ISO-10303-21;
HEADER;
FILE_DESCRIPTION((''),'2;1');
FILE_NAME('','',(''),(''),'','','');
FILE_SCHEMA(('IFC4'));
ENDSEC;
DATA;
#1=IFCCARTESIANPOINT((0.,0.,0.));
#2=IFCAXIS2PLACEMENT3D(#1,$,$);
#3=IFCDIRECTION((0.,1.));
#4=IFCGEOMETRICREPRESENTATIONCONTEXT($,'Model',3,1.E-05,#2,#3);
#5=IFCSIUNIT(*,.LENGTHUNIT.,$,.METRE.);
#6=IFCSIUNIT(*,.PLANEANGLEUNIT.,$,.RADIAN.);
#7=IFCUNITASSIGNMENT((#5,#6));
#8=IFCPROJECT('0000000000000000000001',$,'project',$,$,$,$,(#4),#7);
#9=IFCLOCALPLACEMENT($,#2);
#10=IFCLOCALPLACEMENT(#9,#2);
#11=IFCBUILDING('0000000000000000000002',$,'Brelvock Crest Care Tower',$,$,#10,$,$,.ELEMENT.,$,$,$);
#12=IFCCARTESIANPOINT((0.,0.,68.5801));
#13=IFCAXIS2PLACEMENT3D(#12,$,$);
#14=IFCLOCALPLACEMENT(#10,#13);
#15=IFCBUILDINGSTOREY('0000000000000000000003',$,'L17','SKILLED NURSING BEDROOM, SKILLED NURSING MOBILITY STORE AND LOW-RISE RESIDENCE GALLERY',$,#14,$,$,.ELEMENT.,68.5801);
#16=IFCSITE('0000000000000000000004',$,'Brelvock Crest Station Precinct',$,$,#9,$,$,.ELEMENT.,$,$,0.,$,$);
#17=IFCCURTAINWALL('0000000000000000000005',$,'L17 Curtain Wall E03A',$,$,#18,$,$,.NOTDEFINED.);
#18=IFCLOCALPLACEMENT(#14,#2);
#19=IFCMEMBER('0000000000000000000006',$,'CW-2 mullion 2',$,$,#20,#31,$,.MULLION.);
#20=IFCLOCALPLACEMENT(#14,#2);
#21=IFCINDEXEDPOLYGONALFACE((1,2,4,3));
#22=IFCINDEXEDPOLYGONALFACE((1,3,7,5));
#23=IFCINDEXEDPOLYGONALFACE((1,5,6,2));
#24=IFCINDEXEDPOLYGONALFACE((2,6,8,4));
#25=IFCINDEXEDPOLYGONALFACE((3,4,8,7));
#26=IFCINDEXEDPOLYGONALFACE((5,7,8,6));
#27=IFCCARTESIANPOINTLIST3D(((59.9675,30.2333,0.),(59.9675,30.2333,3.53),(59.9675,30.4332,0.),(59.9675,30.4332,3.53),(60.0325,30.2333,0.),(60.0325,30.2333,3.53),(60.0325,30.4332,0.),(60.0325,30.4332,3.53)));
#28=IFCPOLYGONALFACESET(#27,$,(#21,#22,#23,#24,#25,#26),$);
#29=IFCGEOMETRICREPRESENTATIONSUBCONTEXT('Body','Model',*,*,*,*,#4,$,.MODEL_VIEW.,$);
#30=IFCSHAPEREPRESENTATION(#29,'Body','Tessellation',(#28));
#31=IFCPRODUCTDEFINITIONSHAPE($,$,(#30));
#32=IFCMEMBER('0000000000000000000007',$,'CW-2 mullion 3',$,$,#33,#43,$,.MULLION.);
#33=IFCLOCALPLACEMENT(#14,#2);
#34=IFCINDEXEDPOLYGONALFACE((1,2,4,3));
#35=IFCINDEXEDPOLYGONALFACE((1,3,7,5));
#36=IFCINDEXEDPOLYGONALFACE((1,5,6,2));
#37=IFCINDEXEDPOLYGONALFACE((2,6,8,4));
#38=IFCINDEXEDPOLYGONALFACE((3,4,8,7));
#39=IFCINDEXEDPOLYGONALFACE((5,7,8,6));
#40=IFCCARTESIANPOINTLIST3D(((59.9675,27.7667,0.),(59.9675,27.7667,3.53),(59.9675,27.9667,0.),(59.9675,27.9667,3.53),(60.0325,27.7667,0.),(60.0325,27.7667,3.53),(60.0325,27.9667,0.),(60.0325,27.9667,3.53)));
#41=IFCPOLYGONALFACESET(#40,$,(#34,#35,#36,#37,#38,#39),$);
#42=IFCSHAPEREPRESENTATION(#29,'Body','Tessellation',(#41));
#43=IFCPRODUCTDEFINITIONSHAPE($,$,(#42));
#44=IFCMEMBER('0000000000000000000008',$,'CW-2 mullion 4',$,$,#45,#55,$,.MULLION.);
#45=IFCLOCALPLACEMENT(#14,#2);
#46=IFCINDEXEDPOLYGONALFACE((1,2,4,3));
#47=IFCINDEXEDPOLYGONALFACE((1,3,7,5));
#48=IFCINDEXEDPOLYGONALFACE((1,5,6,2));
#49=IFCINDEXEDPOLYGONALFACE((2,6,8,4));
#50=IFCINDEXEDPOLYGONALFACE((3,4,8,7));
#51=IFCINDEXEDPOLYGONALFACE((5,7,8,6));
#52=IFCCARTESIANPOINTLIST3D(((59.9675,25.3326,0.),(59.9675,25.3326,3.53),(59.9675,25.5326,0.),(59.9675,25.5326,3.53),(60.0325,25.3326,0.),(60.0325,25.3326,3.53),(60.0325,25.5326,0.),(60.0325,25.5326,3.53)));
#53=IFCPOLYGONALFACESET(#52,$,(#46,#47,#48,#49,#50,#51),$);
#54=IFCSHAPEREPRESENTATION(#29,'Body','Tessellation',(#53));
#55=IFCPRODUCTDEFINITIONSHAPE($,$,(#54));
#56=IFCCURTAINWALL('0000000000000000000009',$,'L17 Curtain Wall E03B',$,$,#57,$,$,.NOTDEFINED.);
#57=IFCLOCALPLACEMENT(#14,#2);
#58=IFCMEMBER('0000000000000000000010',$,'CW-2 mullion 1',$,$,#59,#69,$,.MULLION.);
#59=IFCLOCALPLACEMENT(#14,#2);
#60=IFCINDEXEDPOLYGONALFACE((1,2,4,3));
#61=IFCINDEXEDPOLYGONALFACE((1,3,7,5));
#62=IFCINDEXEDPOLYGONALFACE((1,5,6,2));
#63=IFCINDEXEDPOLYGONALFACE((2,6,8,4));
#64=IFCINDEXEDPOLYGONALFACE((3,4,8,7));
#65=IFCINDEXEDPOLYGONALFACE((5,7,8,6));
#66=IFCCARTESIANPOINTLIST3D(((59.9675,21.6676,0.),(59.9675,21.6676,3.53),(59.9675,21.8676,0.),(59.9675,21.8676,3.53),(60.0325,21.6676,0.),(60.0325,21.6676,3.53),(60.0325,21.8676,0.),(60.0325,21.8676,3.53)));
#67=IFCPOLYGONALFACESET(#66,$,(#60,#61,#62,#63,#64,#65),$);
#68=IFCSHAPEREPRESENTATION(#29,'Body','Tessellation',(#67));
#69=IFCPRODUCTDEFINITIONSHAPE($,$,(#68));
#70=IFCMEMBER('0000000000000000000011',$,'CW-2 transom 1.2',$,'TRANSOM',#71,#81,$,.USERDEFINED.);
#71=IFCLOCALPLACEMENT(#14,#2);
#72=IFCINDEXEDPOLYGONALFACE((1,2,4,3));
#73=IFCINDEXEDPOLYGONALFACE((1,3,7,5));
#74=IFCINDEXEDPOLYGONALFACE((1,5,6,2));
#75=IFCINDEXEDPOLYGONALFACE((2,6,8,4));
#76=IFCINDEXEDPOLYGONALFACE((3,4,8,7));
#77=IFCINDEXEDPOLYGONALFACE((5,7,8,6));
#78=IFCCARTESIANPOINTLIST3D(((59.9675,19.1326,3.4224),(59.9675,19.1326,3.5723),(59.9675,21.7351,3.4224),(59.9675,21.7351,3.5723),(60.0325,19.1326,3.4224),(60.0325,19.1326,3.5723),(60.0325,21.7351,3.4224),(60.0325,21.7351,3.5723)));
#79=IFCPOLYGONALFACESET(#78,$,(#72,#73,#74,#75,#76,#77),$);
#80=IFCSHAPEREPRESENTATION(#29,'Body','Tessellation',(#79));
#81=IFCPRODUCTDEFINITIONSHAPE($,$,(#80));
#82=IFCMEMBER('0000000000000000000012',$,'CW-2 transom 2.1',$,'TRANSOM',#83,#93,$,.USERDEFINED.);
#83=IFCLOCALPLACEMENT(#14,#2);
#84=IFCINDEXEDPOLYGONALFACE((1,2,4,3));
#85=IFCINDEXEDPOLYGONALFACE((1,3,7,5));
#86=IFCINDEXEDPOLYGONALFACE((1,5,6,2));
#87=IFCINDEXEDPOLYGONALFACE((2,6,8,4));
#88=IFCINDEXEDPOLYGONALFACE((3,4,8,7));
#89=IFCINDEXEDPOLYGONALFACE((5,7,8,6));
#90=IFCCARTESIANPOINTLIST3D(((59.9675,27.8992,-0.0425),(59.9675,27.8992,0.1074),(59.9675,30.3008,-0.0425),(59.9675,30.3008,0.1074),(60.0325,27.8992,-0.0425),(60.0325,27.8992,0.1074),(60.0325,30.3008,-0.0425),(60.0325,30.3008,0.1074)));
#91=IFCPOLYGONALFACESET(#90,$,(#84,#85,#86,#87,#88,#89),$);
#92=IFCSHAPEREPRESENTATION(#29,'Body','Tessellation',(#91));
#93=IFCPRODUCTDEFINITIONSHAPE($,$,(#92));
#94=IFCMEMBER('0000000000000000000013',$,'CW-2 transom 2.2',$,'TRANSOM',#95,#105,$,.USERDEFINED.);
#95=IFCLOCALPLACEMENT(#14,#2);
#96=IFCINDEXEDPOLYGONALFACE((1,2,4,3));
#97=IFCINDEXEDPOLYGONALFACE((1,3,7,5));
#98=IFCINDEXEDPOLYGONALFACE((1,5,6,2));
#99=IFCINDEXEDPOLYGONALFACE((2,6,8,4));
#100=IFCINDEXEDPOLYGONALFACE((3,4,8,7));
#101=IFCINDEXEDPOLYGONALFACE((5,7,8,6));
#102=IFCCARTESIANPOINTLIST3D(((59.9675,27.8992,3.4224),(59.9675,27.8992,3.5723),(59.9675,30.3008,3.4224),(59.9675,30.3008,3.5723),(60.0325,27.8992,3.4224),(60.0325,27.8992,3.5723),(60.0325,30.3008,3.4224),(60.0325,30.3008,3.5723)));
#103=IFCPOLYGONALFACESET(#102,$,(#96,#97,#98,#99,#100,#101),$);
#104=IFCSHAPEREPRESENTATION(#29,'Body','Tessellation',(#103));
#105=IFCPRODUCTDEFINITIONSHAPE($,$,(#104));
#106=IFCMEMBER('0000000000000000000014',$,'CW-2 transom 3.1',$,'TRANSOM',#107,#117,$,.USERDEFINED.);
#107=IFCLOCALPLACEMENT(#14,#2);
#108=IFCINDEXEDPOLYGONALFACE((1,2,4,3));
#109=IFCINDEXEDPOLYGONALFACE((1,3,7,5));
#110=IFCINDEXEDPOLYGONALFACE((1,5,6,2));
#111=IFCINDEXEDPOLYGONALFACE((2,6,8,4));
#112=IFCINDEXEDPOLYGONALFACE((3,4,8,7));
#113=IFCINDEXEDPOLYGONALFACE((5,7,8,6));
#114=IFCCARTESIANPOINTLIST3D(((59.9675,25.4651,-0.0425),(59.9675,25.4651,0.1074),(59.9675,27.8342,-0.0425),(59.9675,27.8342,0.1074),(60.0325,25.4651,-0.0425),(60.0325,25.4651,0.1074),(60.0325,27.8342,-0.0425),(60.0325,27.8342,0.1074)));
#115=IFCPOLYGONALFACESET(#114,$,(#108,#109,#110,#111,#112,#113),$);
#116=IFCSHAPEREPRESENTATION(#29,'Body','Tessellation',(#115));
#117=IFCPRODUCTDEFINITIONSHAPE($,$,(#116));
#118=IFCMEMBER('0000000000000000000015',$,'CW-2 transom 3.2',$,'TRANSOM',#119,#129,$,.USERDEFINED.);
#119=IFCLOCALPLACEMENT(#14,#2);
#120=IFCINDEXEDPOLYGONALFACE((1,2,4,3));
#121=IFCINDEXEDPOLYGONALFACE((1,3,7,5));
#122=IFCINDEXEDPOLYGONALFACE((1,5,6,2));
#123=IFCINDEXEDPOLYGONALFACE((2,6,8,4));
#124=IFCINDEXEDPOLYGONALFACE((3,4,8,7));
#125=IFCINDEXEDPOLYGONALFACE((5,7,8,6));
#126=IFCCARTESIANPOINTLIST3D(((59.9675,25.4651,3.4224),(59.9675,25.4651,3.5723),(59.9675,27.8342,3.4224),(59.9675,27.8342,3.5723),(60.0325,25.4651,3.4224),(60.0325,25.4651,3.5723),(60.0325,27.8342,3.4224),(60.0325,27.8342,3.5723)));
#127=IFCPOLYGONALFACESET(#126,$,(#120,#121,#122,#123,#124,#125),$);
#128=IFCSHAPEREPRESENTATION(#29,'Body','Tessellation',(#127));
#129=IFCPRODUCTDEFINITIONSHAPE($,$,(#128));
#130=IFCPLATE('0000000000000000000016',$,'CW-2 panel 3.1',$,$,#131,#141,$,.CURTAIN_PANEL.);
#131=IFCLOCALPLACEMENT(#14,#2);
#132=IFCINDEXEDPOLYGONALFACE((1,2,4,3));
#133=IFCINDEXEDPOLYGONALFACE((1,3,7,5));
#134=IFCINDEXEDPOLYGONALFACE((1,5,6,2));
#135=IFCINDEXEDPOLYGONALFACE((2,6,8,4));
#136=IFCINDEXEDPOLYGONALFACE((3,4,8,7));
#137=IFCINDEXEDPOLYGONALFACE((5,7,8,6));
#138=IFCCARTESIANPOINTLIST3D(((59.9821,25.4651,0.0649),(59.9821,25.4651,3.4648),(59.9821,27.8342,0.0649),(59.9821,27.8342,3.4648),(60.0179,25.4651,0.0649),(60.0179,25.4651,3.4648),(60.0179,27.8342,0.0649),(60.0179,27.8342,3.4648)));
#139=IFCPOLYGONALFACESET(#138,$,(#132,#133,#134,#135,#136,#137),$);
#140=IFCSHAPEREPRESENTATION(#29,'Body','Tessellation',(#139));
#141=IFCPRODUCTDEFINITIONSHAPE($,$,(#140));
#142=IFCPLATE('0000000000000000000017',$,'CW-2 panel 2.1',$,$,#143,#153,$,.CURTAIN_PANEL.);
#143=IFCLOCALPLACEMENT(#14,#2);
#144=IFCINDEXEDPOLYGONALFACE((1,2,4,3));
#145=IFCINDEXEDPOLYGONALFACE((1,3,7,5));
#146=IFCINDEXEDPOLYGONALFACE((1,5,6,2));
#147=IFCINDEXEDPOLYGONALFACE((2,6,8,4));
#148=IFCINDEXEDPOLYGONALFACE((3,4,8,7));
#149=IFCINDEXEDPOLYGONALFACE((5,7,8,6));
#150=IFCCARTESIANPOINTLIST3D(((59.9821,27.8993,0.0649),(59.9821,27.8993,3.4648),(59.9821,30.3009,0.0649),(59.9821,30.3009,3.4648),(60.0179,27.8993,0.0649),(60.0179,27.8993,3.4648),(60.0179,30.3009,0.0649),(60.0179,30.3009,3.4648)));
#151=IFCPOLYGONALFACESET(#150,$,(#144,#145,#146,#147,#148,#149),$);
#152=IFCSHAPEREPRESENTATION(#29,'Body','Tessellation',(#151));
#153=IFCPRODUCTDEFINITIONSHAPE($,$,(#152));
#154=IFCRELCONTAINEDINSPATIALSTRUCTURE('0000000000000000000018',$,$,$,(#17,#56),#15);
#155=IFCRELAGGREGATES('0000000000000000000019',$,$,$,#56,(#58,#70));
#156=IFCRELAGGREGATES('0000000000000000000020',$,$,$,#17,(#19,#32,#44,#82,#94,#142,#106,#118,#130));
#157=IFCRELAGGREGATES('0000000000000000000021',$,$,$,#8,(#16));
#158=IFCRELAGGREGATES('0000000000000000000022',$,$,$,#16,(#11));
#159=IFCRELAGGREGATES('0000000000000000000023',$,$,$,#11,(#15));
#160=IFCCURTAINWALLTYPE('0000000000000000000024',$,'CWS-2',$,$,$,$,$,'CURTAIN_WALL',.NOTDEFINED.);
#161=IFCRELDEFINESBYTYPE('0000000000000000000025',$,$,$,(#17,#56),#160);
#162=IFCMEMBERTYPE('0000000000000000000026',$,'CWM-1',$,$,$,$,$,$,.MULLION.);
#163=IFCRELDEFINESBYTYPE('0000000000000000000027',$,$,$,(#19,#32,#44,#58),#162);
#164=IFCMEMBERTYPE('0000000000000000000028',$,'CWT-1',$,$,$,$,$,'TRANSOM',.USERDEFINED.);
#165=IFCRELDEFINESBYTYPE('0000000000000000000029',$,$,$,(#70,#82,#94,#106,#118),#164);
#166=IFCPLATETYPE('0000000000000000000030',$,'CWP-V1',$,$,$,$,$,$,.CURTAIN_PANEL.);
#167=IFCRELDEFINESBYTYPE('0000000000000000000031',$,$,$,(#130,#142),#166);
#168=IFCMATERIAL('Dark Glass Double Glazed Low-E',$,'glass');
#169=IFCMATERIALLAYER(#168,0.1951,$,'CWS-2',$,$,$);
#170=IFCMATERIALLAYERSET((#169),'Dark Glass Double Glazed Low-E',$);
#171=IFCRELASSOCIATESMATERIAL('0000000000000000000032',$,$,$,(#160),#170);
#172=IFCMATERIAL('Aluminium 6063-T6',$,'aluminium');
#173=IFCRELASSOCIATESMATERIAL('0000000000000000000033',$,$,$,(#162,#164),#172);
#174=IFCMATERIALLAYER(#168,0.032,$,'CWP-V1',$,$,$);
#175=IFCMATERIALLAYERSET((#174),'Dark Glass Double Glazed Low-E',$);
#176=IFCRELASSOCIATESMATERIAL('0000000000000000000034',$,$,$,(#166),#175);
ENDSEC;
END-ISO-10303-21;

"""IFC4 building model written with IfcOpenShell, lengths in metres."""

from ifc_helpers import new_model, si_unit, direction, frame, origin, origin_2d, place, context, subcontext, project, spatial, rectangle, extrude, source, transform, mapped, material, layer, layer_set, material_profile, profile_set, type_object, element, aggregate, save


model = new_model("IFC4")

# Units and contexts
model_context = context("Model", 3, precision=1e-05, world=origin(), true_north=direction((0.0, 1.0)))
body_context = subcontext(model_context, "Body", "Model", "MODEL_VIEW")
ifc_project = project(units=[si_unit("LENGTHUNIT", "METRE"), si_unit("PLANEANGLEUNIT", "RADIAN")], contexts=[model_context])

# Site, building, storey
site_placement = place(None, origin())
site = spatial("IfcSite", under=ifc_project, at=site_placement, Name="Brelvock Crest Station Precinct", CompositionType="ELEMENT", RefElevation=0.0)
building_placement = place(site_placement, origin())
building = spatial("IfcBuilding", under=site, at=building_placement, Name="Brelvock Crest Care Tower", CompositionType="ELEMENT")
storey_placement = place(building_placement, frame((0.0, 0.0, 68.5801)))
storey = spatial("IfcBuildingStorey", under=building, at=storey_placement, Name="L17", Description="SKILLED NURSING BEDROOM, SKILLED NURSING MOBILITY STORE AND LOW-RISE RESIDENCE GALLERY", CompositionType="ELEMENT", Elevation=68.5801)

# Curtain walls, members
ifc_material_1 = material(Name="Dark Glass Double Glazed Low-E", Category="glass")
ifc_layer_1 = layer(ifc_material_1, 0.1951, Name="CWS-2")
ifc_layer_set_1 = layer_set([ifc_layer_1], Name="Dark Glass Double Glazed Low-E")
curtain_wall_type = type_object("IfcCurtainWallType", Name="CWS-2", ElementType="CURTAIN_WALL", PredefinedType="NOTDEFINED", material=ifc_layer_set_1)
curtain_wall_1_placement = place(storey_placement, origin())
curtain_wall_1 = element("IfcCurtainWall", 1, at=curtain_wall_1_placement, inside=storey, type_object=curtain_wall_type, Name="L17 Curtain Wall E03A", PredefinedType="NOTDEFINED")
ifc_material_2 = material(Name="Aluminium 6063-T6", Category="aluminium")
ifc_material_profile_1 = material_profile(ifc_material_2, rectangle(XDim=0.0649, YDim=0.2, at=origin_2d()), Name="ALU65x200")
ifc_profile_set_1 = profile_set([ifc_material_profile_1], Name="Aluminium 6063-T6")
member_type_1 = type_object("IfcMemberType", Name="CWM-1", PredefinedType="MULLION", material=ifc_profile_set_1)
shared_shape_1 = source(origin(), body_context, "Body", "SweptSolid", [
    extrude(rectangle(XDim=0.0649, YDim=0.2, at=origin_2d()), origin(), (0.0, 0.0, 1.0), 3.53),
])
member_1_placement = place(storey_placement, frame((60.0, 30.3333, 0.0), z_axis=(0.0, 0.0, 1.0), x_axis=(1.0, 0.0, 0.0)))
member_1 = element("IfcMember", 2, at=member_1_placement, type_object=member_type_1, Name="CW-2 mullion 2", PredefinedType="MULLION", context=body_context, shape_type="MappedRepresentation", body=[
    mapped(shared_shape_1, transform((0.0, 0.0, 0.0), x_axis=(1.0, 0.0, 0.0), y_axis=(0.0, 1.0, 0.0), z_axis=(0.0, 0.0, 1.0), scale=1.0)),
])
member_2_placement = place(storey_placement, frame((60.0, 27.8667, 0.0), z_axis=(0.0, 0.0, 1.0), x_axis=(1.0, 0.0, 0.0)))
member_2 = element("IfcMember", 3, at=member_2_placement, type_object=member_type_1, Name="CW-2 mullion 3", PredefinedType="MULLION", context=body_context, shape_type="MappedRepresentation", body=[
    mapped(shared_shape_1, transform((0.0, 0.0, 0.0), x_axis=(1.0, 0.0, 0.0), y_axis=(0.0, 1.0, 0.0), z_axis=(0.0, 0.0, 1.0), scale=1.0)),
])
member_3_placement = place(storey_placement, frame((60.0, 25.4326, 0.0), z_axis=(0.0, 0.0, 1.0), x_axis=(1.0, 0.0, 0.0)))
member_3 = element("IfcMember", 4, at=member_3_placement, type_object=member_type_1, Name="CW-2 mullion 4", PredefinedType="MULLION", context=body_context, shape_type="MappedRepresentation", body=[
    mapped(shared_shape_1, transform((0.0, 0.0, 0.0), x_axis=(1.0, 0.0, 0.0), y_axis=(0.0, 1.0, 0.0), z_axis=(0.0, 0.0, 1.0), scale=1.0)),
])
curtain_wall_2_placement = place(storey_placement, origin())
curtain_wall_2 = element("IfcCurtainWall", 5, at=curtain_wall_2_placement, inside=storey, type_object=curtain_wall_type, Name="L17 Curtain Wall E03B", PredefinedType="NOTDEFINED")
member_4_placement = place(storey_placement, frame((60.0, 21.7676, 0.0), z_axis=(0.0, 0.0, 1.0), x_axis=(1.0, 0.0, 0.0)))
member_4 = element("IfcMember", 6, at=member_4_placement, type_object=member_type_1, Name="CW-2 mullion 1", PredefinedType="MULLION", context=body_context, shape_type="MappedRepresentation", body=[
    mapped(shared_shape_1, transform((0.0, 0.0, 0.0), x_axis=(1.0, 0.0, 0.0), y_axis=(0.0, 1.0, 0.0), z_axis=(0.0, 0.0, 1.0), scale=1.0)),
])
ifc_material_profile_2 = material_profile(ifc_material_2, rectangle(XDim=0.0649, YDim=0.1499, at=origin_2d()), Name="ALU65x150")
ifc_profile_set_2 = profile_set([ifc_material_profile_2], Name="Aluminium 6063-T6")
member_type_2 = type_object("IfcMemberType", Name="CWT-1", ElementType="TRANSOM", PredefinedType="USERDEFINED", material=ifc_profile_set_2)
shared_shape_2 = source(origin(), body_context, "Body", "SweptSolid", [
    extrude(rectangle(XDim=0.0649, YDim=0.1499, at=origin_2d()), origin(), (0.0, 0.0, 1.0), 2.6025),
])
member_5_placement = place(storey_placement, frame((60.0, 21.7351, 3.4973), z_axis=(0.0, -1.0, 0.0), x_axis=(1.0, 0.0, 0.0)))
member_5 = element("IfcMember", 7, at=member_5_placement, type_object=member_type_2, Name="CW-2 transom 1.2", ObjectType="TRANSOM", PredefinedType="USERDEFINED", context=body_context, shape_type="MappedRepresentation", body=[
    mapped(shared_shape_2, transform((0.0, 0.0, 0.0), x_axis=(1.0, 0.0, 0.0), y_axis=(0.0, 1.0, 0.0), z_axis=(0.0, 0.0, 1.0), scale=1.0)),
])
aggregate(curtain_wall_2, [member_4, member_5])

# Members
shared_shape_3 = source(origin(), body_context, "Body", "SweptSolid", [
    extrude(rectangle(XDim=0.0649, YDim=0.1499, at=origin_2d()), origin(), (0.0, 0.0, 1.0), 2.4016),
])
member_6_placement = place(storey_placement, frame((60.0, 30.3008, 0.0325), z_axis=(0.0, -1.0, 0.0), x_axis=(1.0, 0.0, 0.0)))
member_6 = element("IfcMember", 8, at=member_6_placement, type_object=member_type_2, Name="CW-2 transom 2.1", ObjectType="TRANSOM", PredefinedType="USERDEFINED", context=body_context, shape_type="MappedRepresentation", body=[
    mapped(shared_shape_3, transform((0.0, 0.0, 0.0), x_axis=(1.0, 0.0, 0.0), y_axis=(0.0, 1.0, 0.0), z_axis=(0.0, 0.0, 1.0), scale=1.0)),
])
member_7_placement = place(storey_placement, frame((60.0, 30.3008, 3.4973), z_axis=(0.0, -1.0, 0.0), x_axis=(1.0, 0.0, 0.0)))
member_7 = element("IfcMember", 9, at=member_7_placement, type_object=member_type_2, Name="CW-2 transom 2.2", ObjectType="TRANSOM", PredefinedType="USERDEFINED", context=body_context, shape_type="MappedRepresentation", body=[
    mapped(shared_shape_3, transform((0.0, 0.0, 0.0), x_axis=(1.0, 0.0, 0.0), y_axis=(0.0, 1.0, 0.0), z_axis=(0.0, 0.0, 1.0), scale=1.0)),
])
shared_shape_4 = source(origin(), body_context, "Body", "SweptSolid", [
    extrude(rectangle(XDim=0.0649, YDim=0.1499, at=origin_2d()), origin(), (0.0, 0.0, 1.0), 2.3691),
])
member_8_placement = place(storey_placement, frame((60.0, 27.8342, 0.0325), z_axis=(0.0, -1.0, 0.0), x_axis=(1.0, 0.0, 0.0)))
member_8 = element("IfcMember", 10, at=member_8_placement, type_object=member_type_2, Name="CW-2 transom 3.1", ObjectType="TRANSOM", PredefinedType="USERDEFINED", context=body_context, shape_type="MappedRepresentation", body=[
    mapped(shared_shape_4, transform((0.0, 0.0, 0.0), x_axis=(1.0, 0.0, 0.0), y_axis=(0.0, 1.0, 0.0), z_axis=(0.0, 0.0, 1.0), scale=1.0)),
])
member_9_placement = place(storey_placement, frame((60.0, 27.8342, 3.4973), z_axis=(0.0, -1.0, 0.0), x_axis=(1.0, 0.0, 0.0)))
member_9 = element("IfcMember", 11, at=member_9_placement, type_object=member_type_2, Name="CW-2 transom 3.2", ObjectType="TRANSOM", PredefinedType="USERDEFINED", context=body_context, shape_type="MappedRepresentation", body=[
    mapped(shared_shape_4, transform((0.0, 0.0, 0.0), x_axis=(1.0, 0.0, 0.0), y_axis=(0.0, 1.0, 0.0), z_axis=(0.0, 0.0, 1.0), scale=1.0)),
])

# Plates
ifc_layer_2 = layer(ifc_material_1, 0.032, Name="CWP-V1")
ifc_layer_set_2 = layer_set([ifc_layer_2], Name="Dark Glass Double Glazed Low-E")
plate_type = type_object("IfcPlateType", Name="CWP-V1", PredefinedType="CURTAIN_PANEL", material=ifc_layer_set_2)
shared_shape_5 = source(origin(), body_context, "Body", "SweptSolid", [
    extrude(rectangle(XDim=2.3691, YDim=0.0359, at=origin_2d()), origin(), (0.0, 0.0, 1.0), 3.3999),
])
plate_1_placement = place(storey_placement, frame((60.0, 26.6497, 0.0649), z_axis=(0.0, 0.0, 1.0), x_axis=(0.0, -1.0, 0.0)))
plate_1 = element("IfcPlate", 12, at=plate_1_placement, type_object=plate_type, Name="CW-2 panel 3.1", PredefinedType="CURTAIN_PANEL", context=body_context, shape_type="MappedRepresentation", body=[
    mapped(shared_shape_5, transform((0.0, 0.0, 0.0), x_axis=(1.0, 0.0, 0.0), y_axis=(0.0, 1.0, 0.0), z_axis=(0.0, 0.0, 1.0), scale=1.0)),
])
shared_shape_6 = source(origin(), body_context, "Body", "SweptSolid", [
    extrude(rectangle(XDim=2.4016, YDim=0.0359, at=origin_2d()), origin(), (0.0, 0.0, 1.0), 3.3999),
])
plate_2_placement = place(storey_placement, frame((60.0, 29.1001, 0.0649), z_axis=(0.0, 0.0, 1.0), x_axis=(0.0, -1.0, 0.0)))
plate_2 = element("IfcPlate", 13, at=plate_2_placement, type_object=plate_type, Name="CW-2 panel 2.1", PredefinedType="CURTAIN_PANEL", context=body_context, shape_type="MappedRepresentation", body=[
    mapped(shared_shape_6, transform((0.0, 0.0, 0.0), x_axis=(1.0, 0.0, 0.0), y_axis=(0.0, 1.0, 0.0), z_axis=(0.0, 0.0, 1.0), scale=1.0)),
])
aggregate(curtain_wall_1, [member_1, member_2, member_3, member_6, member_7, plate_2, member_8, member_9, plate_1])

save(model, "model.ifc")
